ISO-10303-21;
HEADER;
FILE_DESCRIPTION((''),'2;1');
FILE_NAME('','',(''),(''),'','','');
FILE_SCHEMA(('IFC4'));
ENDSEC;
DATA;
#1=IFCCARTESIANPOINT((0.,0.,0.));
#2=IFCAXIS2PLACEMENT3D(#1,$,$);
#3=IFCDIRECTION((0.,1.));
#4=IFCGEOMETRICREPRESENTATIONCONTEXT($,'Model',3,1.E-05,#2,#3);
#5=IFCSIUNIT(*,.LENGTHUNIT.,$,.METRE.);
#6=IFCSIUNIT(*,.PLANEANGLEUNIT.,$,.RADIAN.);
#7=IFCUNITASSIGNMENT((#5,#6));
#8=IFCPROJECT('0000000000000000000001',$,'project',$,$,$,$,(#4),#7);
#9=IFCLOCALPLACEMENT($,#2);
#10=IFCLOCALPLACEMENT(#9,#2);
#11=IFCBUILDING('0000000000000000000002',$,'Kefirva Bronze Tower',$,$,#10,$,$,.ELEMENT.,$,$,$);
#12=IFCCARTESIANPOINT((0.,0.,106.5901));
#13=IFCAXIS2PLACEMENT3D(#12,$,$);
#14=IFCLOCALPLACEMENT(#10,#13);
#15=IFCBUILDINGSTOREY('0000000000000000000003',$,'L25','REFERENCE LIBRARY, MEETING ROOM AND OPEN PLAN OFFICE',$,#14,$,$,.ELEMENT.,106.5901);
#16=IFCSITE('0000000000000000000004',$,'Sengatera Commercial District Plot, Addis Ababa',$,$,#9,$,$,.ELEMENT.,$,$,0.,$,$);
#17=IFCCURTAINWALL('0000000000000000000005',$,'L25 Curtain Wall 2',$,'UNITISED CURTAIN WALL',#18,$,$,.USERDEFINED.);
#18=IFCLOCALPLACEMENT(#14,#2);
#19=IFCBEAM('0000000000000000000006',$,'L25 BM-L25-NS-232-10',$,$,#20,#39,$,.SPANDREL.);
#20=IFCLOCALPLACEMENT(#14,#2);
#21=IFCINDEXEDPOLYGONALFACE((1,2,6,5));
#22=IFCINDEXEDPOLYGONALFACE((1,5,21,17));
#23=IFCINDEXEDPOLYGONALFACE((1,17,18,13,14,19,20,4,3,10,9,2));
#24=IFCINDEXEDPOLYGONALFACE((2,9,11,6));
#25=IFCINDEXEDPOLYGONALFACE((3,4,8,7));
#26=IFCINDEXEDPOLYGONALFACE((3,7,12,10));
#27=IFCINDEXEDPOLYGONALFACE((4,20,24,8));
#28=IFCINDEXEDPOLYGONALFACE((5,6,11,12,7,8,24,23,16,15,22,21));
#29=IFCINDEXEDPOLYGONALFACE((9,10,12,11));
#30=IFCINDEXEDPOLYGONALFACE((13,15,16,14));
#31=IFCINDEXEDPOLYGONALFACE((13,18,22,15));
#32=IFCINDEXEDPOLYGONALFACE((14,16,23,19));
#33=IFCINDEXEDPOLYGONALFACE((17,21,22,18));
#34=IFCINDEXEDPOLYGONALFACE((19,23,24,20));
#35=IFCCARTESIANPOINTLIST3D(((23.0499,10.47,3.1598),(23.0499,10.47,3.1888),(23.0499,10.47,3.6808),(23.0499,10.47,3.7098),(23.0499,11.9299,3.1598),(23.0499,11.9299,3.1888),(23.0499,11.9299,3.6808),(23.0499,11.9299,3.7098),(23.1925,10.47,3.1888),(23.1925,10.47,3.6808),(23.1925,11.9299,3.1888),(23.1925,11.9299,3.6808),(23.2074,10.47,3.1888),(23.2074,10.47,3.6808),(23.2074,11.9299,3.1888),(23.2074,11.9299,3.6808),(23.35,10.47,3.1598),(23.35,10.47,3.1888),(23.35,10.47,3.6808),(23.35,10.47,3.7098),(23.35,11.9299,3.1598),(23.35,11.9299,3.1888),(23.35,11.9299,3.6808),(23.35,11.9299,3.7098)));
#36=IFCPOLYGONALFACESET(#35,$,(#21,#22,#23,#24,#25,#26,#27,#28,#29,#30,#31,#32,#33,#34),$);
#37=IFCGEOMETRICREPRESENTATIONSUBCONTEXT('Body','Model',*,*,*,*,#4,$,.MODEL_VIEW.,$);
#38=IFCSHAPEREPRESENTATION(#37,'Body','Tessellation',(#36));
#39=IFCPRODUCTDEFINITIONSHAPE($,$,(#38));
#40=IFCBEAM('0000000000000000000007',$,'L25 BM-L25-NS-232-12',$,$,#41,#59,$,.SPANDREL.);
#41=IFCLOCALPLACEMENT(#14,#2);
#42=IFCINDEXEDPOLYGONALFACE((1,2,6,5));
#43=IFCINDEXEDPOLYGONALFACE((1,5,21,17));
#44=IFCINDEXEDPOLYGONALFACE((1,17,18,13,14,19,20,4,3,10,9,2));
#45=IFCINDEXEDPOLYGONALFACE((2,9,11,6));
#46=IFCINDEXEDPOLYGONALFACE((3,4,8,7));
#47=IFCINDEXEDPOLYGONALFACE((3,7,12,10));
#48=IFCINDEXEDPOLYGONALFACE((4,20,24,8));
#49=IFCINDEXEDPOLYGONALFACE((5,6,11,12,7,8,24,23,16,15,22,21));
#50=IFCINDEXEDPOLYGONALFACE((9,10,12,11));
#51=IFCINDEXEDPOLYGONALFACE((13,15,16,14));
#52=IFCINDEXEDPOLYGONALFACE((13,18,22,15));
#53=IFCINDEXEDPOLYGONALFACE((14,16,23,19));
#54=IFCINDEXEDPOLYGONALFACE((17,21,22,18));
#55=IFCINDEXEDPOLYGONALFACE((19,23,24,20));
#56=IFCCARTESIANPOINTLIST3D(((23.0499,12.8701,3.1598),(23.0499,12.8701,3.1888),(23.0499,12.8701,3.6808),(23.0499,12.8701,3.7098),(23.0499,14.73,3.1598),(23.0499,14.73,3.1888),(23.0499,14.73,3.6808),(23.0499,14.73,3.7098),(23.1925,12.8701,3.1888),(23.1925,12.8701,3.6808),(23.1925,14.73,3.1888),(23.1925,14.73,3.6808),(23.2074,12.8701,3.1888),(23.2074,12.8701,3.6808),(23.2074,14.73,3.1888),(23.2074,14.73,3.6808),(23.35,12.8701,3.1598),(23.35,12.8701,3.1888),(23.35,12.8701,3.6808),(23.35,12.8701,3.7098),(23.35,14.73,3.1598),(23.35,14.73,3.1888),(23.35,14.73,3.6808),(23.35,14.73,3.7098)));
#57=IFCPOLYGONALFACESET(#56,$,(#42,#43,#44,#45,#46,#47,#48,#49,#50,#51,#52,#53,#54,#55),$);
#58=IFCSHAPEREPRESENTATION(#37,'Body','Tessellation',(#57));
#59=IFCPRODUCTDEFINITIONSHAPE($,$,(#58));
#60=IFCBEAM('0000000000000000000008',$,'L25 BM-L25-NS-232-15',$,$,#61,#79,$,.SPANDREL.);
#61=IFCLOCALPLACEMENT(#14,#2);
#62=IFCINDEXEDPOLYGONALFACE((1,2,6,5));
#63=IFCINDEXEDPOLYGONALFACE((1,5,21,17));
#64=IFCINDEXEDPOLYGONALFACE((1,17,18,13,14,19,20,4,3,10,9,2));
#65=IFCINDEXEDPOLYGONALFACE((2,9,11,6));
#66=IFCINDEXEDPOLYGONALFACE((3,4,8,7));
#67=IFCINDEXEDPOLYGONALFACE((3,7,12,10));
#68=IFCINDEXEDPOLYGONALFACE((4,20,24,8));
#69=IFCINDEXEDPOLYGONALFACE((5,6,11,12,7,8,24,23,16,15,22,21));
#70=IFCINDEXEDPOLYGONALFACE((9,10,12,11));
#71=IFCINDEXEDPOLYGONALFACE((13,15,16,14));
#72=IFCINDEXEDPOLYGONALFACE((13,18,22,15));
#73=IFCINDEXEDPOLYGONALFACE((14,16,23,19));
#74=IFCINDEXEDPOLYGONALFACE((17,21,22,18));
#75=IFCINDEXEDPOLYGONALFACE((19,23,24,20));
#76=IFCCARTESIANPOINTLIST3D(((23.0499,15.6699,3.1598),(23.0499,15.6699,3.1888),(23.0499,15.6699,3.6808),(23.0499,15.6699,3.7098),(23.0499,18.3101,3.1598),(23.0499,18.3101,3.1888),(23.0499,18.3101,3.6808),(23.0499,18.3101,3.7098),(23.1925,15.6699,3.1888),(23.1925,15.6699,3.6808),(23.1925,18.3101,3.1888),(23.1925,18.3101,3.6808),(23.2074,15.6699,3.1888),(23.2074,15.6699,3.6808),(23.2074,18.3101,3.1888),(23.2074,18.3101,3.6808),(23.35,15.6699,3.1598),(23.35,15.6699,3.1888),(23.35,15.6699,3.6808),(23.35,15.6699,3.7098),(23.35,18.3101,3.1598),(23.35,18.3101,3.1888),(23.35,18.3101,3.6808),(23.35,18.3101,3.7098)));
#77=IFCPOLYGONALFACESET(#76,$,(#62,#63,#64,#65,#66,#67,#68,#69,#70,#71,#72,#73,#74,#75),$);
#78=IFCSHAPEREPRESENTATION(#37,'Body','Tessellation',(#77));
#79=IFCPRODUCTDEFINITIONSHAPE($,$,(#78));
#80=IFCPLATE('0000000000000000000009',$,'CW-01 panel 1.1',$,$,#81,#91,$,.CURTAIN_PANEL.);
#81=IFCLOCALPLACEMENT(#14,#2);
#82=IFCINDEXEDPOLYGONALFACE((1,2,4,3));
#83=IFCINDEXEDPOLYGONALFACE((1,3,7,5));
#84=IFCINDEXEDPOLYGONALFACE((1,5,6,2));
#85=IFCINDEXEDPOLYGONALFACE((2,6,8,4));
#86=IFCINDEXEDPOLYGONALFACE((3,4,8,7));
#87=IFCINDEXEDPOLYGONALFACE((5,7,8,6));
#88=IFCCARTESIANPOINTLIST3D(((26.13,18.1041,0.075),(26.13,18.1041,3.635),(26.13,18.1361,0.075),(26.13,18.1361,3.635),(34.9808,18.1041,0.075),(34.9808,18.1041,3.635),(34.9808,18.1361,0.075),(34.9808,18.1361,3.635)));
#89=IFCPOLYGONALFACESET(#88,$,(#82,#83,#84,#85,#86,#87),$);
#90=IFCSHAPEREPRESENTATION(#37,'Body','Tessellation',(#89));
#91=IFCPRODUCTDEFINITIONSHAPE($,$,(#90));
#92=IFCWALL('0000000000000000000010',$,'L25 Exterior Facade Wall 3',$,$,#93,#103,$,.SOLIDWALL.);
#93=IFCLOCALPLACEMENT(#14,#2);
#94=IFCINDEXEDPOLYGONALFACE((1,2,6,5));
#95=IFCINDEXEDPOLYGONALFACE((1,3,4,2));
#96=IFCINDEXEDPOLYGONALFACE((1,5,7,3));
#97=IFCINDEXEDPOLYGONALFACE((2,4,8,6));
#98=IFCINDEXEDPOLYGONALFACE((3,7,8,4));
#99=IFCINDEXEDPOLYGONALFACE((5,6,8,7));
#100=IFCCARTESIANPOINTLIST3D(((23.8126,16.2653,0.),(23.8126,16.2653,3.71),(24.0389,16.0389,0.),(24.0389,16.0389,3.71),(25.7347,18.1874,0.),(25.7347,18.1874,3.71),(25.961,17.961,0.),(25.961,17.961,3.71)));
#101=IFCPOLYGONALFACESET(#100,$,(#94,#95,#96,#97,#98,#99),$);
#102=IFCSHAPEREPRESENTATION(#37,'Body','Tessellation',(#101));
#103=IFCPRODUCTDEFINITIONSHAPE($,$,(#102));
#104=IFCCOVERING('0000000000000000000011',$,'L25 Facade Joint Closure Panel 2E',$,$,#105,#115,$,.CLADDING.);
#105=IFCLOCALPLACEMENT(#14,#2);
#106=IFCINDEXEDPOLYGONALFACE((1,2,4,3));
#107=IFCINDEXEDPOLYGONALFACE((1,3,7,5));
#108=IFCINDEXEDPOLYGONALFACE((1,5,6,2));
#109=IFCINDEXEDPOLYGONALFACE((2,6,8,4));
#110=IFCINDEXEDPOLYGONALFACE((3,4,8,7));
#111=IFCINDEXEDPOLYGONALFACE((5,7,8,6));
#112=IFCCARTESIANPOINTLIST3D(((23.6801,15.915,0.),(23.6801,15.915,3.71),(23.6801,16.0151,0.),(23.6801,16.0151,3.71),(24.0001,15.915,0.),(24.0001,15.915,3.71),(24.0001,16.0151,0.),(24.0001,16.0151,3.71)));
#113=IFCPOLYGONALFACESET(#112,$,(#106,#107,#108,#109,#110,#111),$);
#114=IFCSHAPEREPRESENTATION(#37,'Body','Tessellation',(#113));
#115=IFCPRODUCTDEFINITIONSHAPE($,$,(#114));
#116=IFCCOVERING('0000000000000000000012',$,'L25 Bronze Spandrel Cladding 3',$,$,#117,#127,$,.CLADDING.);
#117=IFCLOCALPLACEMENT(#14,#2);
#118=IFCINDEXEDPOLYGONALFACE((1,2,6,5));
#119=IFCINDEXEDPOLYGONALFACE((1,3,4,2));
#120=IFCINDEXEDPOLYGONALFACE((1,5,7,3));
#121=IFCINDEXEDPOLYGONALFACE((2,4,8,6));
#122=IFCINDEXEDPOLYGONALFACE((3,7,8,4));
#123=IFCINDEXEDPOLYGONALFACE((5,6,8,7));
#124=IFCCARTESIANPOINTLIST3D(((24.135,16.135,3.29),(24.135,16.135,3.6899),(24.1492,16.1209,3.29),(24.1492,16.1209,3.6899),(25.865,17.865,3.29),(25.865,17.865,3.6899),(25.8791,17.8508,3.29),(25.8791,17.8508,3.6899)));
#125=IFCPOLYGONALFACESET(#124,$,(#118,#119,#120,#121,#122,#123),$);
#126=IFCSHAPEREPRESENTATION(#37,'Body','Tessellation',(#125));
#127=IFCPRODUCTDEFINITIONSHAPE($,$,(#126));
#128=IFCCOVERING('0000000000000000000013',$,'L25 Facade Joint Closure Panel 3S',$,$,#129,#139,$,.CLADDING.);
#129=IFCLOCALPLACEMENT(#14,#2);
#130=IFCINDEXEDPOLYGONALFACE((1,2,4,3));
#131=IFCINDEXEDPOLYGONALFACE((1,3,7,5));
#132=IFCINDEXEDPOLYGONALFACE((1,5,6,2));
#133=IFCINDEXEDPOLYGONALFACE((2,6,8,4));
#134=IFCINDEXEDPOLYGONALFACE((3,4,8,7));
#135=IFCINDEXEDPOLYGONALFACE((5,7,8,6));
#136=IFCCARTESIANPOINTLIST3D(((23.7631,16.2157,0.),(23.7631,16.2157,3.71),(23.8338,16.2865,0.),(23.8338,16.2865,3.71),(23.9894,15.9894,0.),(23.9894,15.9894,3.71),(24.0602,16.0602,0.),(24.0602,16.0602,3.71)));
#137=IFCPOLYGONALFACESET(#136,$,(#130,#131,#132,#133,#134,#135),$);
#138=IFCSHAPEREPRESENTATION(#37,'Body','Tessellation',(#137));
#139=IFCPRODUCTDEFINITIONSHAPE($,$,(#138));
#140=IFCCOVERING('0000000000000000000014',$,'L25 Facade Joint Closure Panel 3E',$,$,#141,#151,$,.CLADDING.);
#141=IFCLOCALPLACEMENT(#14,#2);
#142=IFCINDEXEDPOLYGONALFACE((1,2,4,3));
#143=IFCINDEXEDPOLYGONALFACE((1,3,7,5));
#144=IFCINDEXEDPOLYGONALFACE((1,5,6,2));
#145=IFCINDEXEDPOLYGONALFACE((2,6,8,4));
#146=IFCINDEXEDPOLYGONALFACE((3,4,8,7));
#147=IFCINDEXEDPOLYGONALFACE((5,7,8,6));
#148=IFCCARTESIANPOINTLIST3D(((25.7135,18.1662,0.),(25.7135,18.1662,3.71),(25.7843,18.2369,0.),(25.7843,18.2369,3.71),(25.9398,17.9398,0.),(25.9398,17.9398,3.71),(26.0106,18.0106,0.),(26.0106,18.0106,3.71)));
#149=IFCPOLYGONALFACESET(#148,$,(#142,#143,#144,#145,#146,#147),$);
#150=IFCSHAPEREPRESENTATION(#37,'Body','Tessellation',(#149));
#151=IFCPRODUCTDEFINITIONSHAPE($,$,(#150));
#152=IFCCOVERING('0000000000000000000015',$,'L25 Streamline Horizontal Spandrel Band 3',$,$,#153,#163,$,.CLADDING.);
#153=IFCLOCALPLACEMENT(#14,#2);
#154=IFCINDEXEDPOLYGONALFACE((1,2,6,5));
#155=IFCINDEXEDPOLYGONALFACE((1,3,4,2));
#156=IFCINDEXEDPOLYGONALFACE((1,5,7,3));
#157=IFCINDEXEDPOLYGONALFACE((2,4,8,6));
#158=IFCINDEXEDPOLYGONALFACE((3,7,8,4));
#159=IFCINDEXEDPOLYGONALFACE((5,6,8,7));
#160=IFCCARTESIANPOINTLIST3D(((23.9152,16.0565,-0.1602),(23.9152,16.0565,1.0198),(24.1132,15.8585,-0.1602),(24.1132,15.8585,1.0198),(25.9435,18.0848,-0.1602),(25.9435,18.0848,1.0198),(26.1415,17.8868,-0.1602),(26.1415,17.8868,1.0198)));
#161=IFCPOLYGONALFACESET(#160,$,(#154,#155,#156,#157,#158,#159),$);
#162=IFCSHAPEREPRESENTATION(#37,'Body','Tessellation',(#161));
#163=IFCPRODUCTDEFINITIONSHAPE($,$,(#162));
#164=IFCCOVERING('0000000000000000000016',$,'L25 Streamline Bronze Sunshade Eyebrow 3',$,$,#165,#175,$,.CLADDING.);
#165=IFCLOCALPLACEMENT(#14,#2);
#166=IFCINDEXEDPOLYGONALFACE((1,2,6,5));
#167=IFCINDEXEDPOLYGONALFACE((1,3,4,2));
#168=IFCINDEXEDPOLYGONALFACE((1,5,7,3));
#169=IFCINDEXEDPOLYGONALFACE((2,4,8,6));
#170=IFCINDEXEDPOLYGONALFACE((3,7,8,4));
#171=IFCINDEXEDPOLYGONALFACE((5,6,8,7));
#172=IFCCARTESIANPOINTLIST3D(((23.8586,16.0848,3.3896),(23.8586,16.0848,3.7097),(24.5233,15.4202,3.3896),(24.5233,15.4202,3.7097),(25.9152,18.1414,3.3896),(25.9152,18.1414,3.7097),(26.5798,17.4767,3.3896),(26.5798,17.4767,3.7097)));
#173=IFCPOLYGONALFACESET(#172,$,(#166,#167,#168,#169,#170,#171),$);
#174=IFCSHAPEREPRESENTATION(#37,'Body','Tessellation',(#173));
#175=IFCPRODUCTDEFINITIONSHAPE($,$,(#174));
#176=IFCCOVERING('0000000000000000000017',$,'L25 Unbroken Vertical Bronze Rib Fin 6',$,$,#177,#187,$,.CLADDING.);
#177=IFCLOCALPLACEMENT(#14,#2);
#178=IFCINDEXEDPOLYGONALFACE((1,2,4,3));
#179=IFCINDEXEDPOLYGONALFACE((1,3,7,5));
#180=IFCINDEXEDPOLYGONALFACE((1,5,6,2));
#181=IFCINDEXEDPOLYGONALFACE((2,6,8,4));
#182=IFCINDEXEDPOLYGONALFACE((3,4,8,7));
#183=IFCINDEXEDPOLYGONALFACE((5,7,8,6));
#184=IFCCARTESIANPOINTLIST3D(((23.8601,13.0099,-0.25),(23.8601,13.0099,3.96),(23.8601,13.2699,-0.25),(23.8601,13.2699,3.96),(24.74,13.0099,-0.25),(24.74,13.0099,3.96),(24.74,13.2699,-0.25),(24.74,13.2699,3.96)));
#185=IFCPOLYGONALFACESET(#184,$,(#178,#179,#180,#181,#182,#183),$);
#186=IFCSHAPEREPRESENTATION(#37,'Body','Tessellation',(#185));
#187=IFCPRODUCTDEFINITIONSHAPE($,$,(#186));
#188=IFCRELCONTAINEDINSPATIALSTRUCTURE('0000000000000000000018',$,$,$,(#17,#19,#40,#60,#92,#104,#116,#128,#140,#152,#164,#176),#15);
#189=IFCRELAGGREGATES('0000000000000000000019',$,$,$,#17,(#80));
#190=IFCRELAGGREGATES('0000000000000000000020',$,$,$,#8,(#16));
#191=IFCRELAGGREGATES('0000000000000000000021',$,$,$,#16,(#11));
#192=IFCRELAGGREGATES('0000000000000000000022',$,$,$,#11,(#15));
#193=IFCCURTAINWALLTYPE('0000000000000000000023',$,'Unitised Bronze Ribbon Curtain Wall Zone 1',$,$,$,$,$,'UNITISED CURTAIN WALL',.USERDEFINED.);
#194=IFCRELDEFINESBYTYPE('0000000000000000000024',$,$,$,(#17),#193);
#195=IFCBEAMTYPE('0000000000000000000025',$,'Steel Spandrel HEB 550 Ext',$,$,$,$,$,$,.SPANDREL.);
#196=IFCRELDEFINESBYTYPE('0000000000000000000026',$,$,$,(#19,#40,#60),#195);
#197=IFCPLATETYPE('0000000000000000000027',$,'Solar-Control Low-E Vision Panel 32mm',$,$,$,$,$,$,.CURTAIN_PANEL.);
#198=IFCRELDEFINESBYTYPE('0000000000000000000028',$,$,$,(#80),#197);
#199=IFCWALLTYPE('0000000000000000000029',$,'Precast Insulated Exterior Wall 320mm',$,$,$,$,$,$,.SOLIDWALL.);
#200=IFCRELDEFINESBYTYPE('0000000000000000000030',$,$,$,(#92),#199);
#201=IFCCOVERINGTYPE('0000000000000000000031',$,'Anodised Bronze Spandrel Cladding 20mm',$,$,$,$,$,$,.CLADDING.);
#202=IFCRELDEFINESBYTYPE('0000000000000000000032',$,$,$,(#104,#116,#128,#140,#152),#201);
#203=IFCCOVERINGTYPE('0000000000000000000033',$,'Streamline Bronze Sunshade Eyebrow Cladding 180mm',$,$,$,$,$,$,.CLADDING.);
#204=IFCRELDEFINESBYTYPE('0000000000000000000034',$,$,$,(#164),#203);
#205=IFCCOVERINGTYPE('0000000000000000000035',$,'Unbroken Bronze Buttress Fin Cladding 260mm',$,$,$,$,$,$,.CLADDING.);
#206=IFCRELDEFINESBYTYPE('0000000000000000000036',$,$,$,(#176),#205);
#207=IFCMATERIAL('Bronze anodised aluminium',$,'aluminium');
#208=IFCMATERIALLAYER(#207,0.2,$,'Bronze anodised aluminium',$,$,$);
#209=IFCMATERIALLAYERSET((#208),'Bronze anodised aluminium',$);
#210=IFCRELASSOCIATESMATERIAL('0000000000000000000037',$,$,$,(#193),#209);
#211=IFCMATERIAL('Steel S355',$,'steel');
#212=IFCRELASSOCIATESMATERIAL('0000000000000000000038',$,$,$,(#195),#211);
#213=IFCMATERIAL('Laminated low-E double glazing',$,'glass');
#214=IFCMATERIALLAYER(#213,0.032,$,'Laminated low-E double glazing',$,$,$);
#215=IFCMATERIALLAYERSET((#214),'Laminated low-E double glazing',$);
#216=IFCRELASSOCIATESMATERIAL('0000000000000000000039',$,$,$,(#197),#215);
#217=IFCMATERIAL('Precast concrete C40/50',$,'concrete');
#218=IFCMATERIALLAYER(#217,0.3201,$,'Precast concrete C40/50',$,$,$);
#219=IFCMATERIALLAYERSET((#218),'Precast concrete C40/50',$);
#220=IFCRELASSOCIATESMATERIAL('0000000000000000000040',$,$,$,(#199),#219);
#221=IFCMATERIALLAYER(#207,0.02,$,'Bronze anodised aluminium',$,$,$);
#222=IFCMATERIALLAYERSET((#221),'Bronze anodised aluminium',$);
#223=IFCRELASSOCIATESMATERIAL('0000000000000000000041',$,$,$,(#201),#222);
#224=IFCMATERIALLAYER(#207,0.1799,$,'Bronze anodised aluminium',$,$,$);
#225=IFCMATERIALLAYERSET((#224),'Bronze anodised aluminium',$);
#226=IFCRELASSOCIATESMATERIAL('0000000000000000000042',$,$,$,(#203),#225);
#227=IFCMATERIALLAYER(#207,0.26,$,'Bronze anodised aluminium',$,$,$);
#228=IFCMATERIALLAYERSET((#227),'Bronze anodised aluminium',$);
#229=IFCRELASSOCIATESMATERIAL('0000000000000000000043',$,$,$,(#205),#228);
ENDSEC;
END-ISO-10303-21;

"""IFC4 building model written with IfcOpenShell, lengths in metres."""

from ifc_helpers import new_model, si_unit, direction, frame, frame_2d, origin, origin_2d, place, context, subcontext, project, spatial, rectangle, i_section, extrude, material, layer, layer_set, material_profile, profile_set, type_object, element, aggregate, save


model = new_model("IFC4")

# Units and contexts
model_context = context("Model", 3, precision=1e-05, world=origin(), true_north=direction((0.0, 1.0)))
body_context = subcontext(model_context, "Body", "Model", "MODEL_VIEW")
ifc_project = project(units=[si_unit("LENGTHUNIT", "METRE"), si_unit("PLANEANGLEUNIT", "RADIAN")], contexts=[model_context])

# Site, building, storey
site_placement = place(None, origin())
site = spatial("IfcSite", under=ifc_project, at=site_placement, Name="Sengatera Commercial District Plot, Addis Ababa", CompositionType="ELEMENT", RefElevation=0.0)
building_placement = place(site_placement, origin())
building = spatial("IfcBuilding", under=site, at=building_placement, Name="Kefirva Bronze Tower", CompositionType="ELEMENT")
storey_placement = place(building_placement, frame((0.0, 0.0, 106.5901)))
storey = spatial("IfcBuildingStorey", under=building, at=storey_placement, Name="L25", Description="REFERENCE LIBRARY, MEETING ROOM AND OPEN PLAN OFFICE", CompositionType="ELEMENT", Elevation=106.5901)

# Curtain wall
ifc_material_1 = material(Name="Bronze anodised aluminium", Category="aluminium")
ifc_layer_1 = layer(ifc_material_1, 0.2, Name="Bronze anodised aluminium")
ifc_layer_set_1 = layer_set([ifc_layer_1], Name="Bronze anodised aluminium")
curtain_wall_type = type_object("IfcCurtainWallType", Name="Unitised Bronze Ribbon Curtain Wall Zone 1", ElementType="UNITISED CURTAIN WALL", PredefinedType="USERDEFINED", material=ifc_layer_set_1)
curtain_wall_placement = place(storey_placement, origin())
curtain_wall = element("IfcCurtainWall", 1, at=curtain_wall_placement, inside=storey, type_object=curtain_wall_type, Name="L25 Curtain Wall 2", ObjectType="UNITISED CURTAIN WALL", PredefinedType="USERDEFINED")

# Beams
ifc_material_2 = material(Name="Steel S355", Category="steel")
ifc_material_profile_1 = material_profile(ifc_material_2, i_section(OverallWidth=0.3, OverallDepth=0.55, WebThickness=0.0149, FlangeThickness=0.0291, at=origin_2d()), Name="HEB 550")
ifc_profile_set_1 = profile_set([ifc_material_profile_1], Name="Steel S355")
beam_type_1 = type_object("IfcBeamType", Name="Steel Spandrel HEB 550 Ext", PredefinedType="SPANDREL", material=ifc_profile_set_1)
beam_1_placement = place(storey_placement, frame((23.2, 10.47, 3.4348), z_axis=(0.0, 1.0, 0.0), x_axis=(-1.0, 0.0, 0.0)))
element("IfcBeam", 2, at=beam_1_placement, inside=storey, type_object=beam_type_1, Name="L25 BM-L25-NS-232-10", PredefinedType="SPANDREL", context=body_context, shape_type="SweptSolid", body=[
    extrude(i_section(OverallWidth=0.3, OverallDepth=0.55, WebThickness=0.0149, FlangeThickness=0.0291, at=origin_2d()), origin(), (0.0, 0.0, 1.0), 1.46),
])
beam_2_placement = place(storey_placement, frame((23.2, 12.8701, 3.4348), z_axis=(0.0, 1.0, 0.0), x_axis=(-1.0, 0.0, 0.0)))
element("IfcBeam", 3, at=beam_2_placement, inside=storey, type_object=beam_type_1, Name="L25 BM-L25-NS-232-12", PredefinedType="SPANDREL", context=body_context, shape_type="SweptSolid", body=[
    extrude(i_section(OverallWidth=0.3, OverallDepth=0.55, WebThickness=0.0149, FlangeThickness=0.0291, at=origin_2d()), origin(), (0.0, 0.0, 1.0), 1.8599),
])
beam_3_placement = place(storey_placement, frame((23.2, 15.6699, 3.4348), z_axis=(0.0, 1.0, 0.0), x_axis=(-1.0, 0.0, 0.0)))
element("IfcBeam", 4, at=beam_3_placement, inside=storey, type_object=beam_type_1, Name="L25 BM-L25-NS-232-15", PredefinedType="SPANDREL", context=body_context, shape_type="SweptSolid", body=[
    extrude(i_section(OverallWidth=0.3, OverallDepth=0.55, WebThickness=0.0149, FlangeThickness=0.0291, at=origin_2d()), origin(), (0.0, 0.0, 1.0), 2.6401),
])

# Plate
ifc_material_3 = material(Name="Laminated low-E double glazing", Category="glass")
ifc_layer_2 = layer(ifc_material_3, 0.032, Name="Laminated low-E double glazing")
ifc_layer_set_2 = layer_set([ifc_layer_2], Name="Laminated low-E double glazing")
plate_type = type_object("IfcPlateType", Name="Solar-Control Low-E Vision Panel 32mm", PredefinedType="CURTAIN_PANEL", material=ifc_layer_set_2)
plate_placement = place(storey_placement, frame((30.5554, 18.1201, 0.075), z_axis=(0.0, 0.0, 1.0), x_axis=(1.0, 0.0, 0.0)))
plate = element("IfcPlate", 5, at=plate_placement, type_object=plate_type, Name="CW-01 panel 1.1", PredefinedType="CURTAIN_PANEL", context=body_context, shape_type="SweptSolid", body=[
    extrude(rectangle(XDim=8.8508, YDim=0.032, at=origin_2d()), origin(), (0.0, 0.0, 1.0), 3.5601),
])
aggregate(curtain_wall, [plate])

# Wall
ifc_material_4 = material(Name="Precast concrete C40/50", Category="concrete")
ifc_layer_3 = layer(ifc_material_4, 0.3201, Name="Precast concrete C40/50")
ifc_layer_set_3 = layer_set([ifc_layer_3], Name="Precast concrete C40/50")
wall_type = type_object("IfcWallType", Name="Precast Insulated Exterior Wall 320mm", PredefinedType="SOLIDWALL", material=ifc_layer_set_3)
wall_placement = place(storey_placement, frame((23.9258, 16.1521, 0.0), z_axis=(0.0, 0.0, 1.0), x_axis=(0.707107, 0.707107, 0.0)))
element("IfcWall", 6, at=wall_placement, inside=storey, type_object=wall_type, Name="L25 Exterior Facade Wall 3", PredefinedType="SOLIDWALL", context=body_context, shape_type="SweptSolid", body=[
    extrude(rectangle(XDim=2.7183, YDim=0.3201, at=frame_2d((1.3591, 0.0))), origin(), (0.0, 0.0, 1.0), 3.71),
])

# Coverings
ifc_layer_4 = layer(ifc_material_1, 0.02, Name="Bronze anodised aluminium")
ifc_layer_set_4 = layer_set([ifc_layer_4], Name="Bronze anodised aluminium")
covering_type_1 = type_object("IfcCoveringType", Name="Anodised Bronze Spandrel Cladding 20mm", PredefinedType="CLADDING", material=ifc_layer_set_4)
covering_1_placement = place(storey_placement, frame((23.8401, 15.9651, 0.0), z_axis=(0.0, 0.0, 1.0), x_axis=(0.0, 1.0, 0.0)))
element("IfcCovering", 7, at=covering_1_placement, inside=storey, type_object=covering_type_1, Name="L25 Facade Joint Closure Panel 2E", PredefinedType="CLADDING", context=body_context, shape_type="SweptSolid", body=[
    extrude(rectangle(XDim=0.1001, YDim=0.3201, at=origin_2d()), origin(), (0.0, 0.0, 1.0), 3.71),
])
covering_2_placement = place(storey_placement, frame((25.0071, 16.9929, 3.29), z_axis=(0.0, 0.0, 1.0), x_axis=(0.707107, 0.707107, 0.0)))
element("IfcCovering", 8, at=covering_2_placement, inside=storey, type_object=covering_type_1, Name="L25 Bronze Spandrel Cladding 3", PredefinedType="CLADDING", context=body_context, shape_type="SweptSolid", body=[
    extrude(rectangle(XDim=2.4465, YDim=0.02, at=origin_2d()), origin(), (0.0, 0.0, 1.0), 0.3999),
])
for number, where, z_axis, x_axis, name in (
    (9, (23.9116, 16.1379, 0.0), (0.0, 0.0, 1.0), (0.707107, 0.707107, 0.0), "L25 Facade Joint Closure Panel 3S"),
    (10, (25.8621, 18.0884, 0.0), (0.0, 0.0, 1.0), (0.707107, 0.707107, 0.0), "L25 Facade Joint Closure Panel 3E"),
):
    element("IfcCovering", number, at=place(storey_placement, frame(where, z_axis=z_axis, x_axis=x_axis)), inside=storey, type_object=covering_type_1, Name=name, PredefinedType="CLADDING", context=body_context, shape_type="SweptSolid", body=[
        extrude(rectangle(XDim=0.1001, YDim=0.3201, at=origin_2d()), origin(), (0.0, 0.0, 1.0), 3.71),
    ])
covering_3_placement = place(storey_placement, frame((25.0283, 16.9717, -0.1602), z_axis=(0.0, 0.0, 1.0), x_axis=(0.707107, 0.707107, 0.0)))
element("IfcCovering", 11, at=covering_3_placement, inside=storey, type_object=covering_type_1, Name="L25 Streamline Horizontal Spandrel Band 3", PredefinedType="CLADDING", context=body_context, shape_type="SweptSolid", body=[
    extrude(rectangle(XDim=2.8684, YDim=0.28, at=origin_2d()), origin(), (0.0, 0.0, 1.0), 1.1799),
])
ifc_layer_5 = layer(ifc_material_1, 0.1799, Name="Bronze anodised aluminium")
ifc_layer_set_5 = layer_set([ifc_layer_5], Name="Bronze anodised aluminium")
covering_type_2 = type_object("IfcCoveringType", Name="Streamline Bronze Sunshade Eyebrow Cladding 180mm", PredefinedType="CLADDING", material=ifc_layer_set_5)
covering_4_placement = place(storey_placement, frame((25.2192, 16.7808, 3.3896), z_axis=(0.0, 0.0, 1.0), x_axis=(0.707107, 0.707107, 0.0)))
element("IfcCovering", 12, at=covering_4_placement, inside=storey, type_object=covering_type_2, Name="L25 Streamline Bronze Sunshade Eyebrow 3", PredefinedType="CLADDING", context=body_context, shape_type="SweptSolid", body=[
    extrude(rectangle(XDim=2.9084, YDim=0.9399, at=origin_2d()), origin(), (0.0, 0.0, 1.0), 0.3201),
])
ifc_layer_6 = layer(ifc_material_1, 0.26, Name="Bronze anodised aluminium")
ifc_layer_set_6 = layer_set([ifc_layer_6], Name="Bronze anodised aluminium")
covering_type_3 = type_object("IfcCoveringType", Name="Unbroken Bronze Buttress Fin Cladding 260mm", PredefinedType="CLADDING", material=ifc_layer_set_6)
covering_5_placement = place(storey_placement, frame((24.3, 13.1399, -0.25), z_axis=(0.0, 0.0, 1.0), x_axis=(0.0, 1.0, 0.0)))
element("IfcCovering", 13, at=covering_5_placement, inside=storey, type_object=covering_type_3, Name="L25 Unbroken Vertical Bronze Rib Fin 6", PredefinedType="CLADDING", context=body_context, shape_type="SweptSolid", body=[
    extrude(rectangle(XDim=0.26, YDim=0.8799, at=origin_2d()), origin(), (0.0, 0.0, 1.0), 4.21),
])

save(model, "model.ifc")
